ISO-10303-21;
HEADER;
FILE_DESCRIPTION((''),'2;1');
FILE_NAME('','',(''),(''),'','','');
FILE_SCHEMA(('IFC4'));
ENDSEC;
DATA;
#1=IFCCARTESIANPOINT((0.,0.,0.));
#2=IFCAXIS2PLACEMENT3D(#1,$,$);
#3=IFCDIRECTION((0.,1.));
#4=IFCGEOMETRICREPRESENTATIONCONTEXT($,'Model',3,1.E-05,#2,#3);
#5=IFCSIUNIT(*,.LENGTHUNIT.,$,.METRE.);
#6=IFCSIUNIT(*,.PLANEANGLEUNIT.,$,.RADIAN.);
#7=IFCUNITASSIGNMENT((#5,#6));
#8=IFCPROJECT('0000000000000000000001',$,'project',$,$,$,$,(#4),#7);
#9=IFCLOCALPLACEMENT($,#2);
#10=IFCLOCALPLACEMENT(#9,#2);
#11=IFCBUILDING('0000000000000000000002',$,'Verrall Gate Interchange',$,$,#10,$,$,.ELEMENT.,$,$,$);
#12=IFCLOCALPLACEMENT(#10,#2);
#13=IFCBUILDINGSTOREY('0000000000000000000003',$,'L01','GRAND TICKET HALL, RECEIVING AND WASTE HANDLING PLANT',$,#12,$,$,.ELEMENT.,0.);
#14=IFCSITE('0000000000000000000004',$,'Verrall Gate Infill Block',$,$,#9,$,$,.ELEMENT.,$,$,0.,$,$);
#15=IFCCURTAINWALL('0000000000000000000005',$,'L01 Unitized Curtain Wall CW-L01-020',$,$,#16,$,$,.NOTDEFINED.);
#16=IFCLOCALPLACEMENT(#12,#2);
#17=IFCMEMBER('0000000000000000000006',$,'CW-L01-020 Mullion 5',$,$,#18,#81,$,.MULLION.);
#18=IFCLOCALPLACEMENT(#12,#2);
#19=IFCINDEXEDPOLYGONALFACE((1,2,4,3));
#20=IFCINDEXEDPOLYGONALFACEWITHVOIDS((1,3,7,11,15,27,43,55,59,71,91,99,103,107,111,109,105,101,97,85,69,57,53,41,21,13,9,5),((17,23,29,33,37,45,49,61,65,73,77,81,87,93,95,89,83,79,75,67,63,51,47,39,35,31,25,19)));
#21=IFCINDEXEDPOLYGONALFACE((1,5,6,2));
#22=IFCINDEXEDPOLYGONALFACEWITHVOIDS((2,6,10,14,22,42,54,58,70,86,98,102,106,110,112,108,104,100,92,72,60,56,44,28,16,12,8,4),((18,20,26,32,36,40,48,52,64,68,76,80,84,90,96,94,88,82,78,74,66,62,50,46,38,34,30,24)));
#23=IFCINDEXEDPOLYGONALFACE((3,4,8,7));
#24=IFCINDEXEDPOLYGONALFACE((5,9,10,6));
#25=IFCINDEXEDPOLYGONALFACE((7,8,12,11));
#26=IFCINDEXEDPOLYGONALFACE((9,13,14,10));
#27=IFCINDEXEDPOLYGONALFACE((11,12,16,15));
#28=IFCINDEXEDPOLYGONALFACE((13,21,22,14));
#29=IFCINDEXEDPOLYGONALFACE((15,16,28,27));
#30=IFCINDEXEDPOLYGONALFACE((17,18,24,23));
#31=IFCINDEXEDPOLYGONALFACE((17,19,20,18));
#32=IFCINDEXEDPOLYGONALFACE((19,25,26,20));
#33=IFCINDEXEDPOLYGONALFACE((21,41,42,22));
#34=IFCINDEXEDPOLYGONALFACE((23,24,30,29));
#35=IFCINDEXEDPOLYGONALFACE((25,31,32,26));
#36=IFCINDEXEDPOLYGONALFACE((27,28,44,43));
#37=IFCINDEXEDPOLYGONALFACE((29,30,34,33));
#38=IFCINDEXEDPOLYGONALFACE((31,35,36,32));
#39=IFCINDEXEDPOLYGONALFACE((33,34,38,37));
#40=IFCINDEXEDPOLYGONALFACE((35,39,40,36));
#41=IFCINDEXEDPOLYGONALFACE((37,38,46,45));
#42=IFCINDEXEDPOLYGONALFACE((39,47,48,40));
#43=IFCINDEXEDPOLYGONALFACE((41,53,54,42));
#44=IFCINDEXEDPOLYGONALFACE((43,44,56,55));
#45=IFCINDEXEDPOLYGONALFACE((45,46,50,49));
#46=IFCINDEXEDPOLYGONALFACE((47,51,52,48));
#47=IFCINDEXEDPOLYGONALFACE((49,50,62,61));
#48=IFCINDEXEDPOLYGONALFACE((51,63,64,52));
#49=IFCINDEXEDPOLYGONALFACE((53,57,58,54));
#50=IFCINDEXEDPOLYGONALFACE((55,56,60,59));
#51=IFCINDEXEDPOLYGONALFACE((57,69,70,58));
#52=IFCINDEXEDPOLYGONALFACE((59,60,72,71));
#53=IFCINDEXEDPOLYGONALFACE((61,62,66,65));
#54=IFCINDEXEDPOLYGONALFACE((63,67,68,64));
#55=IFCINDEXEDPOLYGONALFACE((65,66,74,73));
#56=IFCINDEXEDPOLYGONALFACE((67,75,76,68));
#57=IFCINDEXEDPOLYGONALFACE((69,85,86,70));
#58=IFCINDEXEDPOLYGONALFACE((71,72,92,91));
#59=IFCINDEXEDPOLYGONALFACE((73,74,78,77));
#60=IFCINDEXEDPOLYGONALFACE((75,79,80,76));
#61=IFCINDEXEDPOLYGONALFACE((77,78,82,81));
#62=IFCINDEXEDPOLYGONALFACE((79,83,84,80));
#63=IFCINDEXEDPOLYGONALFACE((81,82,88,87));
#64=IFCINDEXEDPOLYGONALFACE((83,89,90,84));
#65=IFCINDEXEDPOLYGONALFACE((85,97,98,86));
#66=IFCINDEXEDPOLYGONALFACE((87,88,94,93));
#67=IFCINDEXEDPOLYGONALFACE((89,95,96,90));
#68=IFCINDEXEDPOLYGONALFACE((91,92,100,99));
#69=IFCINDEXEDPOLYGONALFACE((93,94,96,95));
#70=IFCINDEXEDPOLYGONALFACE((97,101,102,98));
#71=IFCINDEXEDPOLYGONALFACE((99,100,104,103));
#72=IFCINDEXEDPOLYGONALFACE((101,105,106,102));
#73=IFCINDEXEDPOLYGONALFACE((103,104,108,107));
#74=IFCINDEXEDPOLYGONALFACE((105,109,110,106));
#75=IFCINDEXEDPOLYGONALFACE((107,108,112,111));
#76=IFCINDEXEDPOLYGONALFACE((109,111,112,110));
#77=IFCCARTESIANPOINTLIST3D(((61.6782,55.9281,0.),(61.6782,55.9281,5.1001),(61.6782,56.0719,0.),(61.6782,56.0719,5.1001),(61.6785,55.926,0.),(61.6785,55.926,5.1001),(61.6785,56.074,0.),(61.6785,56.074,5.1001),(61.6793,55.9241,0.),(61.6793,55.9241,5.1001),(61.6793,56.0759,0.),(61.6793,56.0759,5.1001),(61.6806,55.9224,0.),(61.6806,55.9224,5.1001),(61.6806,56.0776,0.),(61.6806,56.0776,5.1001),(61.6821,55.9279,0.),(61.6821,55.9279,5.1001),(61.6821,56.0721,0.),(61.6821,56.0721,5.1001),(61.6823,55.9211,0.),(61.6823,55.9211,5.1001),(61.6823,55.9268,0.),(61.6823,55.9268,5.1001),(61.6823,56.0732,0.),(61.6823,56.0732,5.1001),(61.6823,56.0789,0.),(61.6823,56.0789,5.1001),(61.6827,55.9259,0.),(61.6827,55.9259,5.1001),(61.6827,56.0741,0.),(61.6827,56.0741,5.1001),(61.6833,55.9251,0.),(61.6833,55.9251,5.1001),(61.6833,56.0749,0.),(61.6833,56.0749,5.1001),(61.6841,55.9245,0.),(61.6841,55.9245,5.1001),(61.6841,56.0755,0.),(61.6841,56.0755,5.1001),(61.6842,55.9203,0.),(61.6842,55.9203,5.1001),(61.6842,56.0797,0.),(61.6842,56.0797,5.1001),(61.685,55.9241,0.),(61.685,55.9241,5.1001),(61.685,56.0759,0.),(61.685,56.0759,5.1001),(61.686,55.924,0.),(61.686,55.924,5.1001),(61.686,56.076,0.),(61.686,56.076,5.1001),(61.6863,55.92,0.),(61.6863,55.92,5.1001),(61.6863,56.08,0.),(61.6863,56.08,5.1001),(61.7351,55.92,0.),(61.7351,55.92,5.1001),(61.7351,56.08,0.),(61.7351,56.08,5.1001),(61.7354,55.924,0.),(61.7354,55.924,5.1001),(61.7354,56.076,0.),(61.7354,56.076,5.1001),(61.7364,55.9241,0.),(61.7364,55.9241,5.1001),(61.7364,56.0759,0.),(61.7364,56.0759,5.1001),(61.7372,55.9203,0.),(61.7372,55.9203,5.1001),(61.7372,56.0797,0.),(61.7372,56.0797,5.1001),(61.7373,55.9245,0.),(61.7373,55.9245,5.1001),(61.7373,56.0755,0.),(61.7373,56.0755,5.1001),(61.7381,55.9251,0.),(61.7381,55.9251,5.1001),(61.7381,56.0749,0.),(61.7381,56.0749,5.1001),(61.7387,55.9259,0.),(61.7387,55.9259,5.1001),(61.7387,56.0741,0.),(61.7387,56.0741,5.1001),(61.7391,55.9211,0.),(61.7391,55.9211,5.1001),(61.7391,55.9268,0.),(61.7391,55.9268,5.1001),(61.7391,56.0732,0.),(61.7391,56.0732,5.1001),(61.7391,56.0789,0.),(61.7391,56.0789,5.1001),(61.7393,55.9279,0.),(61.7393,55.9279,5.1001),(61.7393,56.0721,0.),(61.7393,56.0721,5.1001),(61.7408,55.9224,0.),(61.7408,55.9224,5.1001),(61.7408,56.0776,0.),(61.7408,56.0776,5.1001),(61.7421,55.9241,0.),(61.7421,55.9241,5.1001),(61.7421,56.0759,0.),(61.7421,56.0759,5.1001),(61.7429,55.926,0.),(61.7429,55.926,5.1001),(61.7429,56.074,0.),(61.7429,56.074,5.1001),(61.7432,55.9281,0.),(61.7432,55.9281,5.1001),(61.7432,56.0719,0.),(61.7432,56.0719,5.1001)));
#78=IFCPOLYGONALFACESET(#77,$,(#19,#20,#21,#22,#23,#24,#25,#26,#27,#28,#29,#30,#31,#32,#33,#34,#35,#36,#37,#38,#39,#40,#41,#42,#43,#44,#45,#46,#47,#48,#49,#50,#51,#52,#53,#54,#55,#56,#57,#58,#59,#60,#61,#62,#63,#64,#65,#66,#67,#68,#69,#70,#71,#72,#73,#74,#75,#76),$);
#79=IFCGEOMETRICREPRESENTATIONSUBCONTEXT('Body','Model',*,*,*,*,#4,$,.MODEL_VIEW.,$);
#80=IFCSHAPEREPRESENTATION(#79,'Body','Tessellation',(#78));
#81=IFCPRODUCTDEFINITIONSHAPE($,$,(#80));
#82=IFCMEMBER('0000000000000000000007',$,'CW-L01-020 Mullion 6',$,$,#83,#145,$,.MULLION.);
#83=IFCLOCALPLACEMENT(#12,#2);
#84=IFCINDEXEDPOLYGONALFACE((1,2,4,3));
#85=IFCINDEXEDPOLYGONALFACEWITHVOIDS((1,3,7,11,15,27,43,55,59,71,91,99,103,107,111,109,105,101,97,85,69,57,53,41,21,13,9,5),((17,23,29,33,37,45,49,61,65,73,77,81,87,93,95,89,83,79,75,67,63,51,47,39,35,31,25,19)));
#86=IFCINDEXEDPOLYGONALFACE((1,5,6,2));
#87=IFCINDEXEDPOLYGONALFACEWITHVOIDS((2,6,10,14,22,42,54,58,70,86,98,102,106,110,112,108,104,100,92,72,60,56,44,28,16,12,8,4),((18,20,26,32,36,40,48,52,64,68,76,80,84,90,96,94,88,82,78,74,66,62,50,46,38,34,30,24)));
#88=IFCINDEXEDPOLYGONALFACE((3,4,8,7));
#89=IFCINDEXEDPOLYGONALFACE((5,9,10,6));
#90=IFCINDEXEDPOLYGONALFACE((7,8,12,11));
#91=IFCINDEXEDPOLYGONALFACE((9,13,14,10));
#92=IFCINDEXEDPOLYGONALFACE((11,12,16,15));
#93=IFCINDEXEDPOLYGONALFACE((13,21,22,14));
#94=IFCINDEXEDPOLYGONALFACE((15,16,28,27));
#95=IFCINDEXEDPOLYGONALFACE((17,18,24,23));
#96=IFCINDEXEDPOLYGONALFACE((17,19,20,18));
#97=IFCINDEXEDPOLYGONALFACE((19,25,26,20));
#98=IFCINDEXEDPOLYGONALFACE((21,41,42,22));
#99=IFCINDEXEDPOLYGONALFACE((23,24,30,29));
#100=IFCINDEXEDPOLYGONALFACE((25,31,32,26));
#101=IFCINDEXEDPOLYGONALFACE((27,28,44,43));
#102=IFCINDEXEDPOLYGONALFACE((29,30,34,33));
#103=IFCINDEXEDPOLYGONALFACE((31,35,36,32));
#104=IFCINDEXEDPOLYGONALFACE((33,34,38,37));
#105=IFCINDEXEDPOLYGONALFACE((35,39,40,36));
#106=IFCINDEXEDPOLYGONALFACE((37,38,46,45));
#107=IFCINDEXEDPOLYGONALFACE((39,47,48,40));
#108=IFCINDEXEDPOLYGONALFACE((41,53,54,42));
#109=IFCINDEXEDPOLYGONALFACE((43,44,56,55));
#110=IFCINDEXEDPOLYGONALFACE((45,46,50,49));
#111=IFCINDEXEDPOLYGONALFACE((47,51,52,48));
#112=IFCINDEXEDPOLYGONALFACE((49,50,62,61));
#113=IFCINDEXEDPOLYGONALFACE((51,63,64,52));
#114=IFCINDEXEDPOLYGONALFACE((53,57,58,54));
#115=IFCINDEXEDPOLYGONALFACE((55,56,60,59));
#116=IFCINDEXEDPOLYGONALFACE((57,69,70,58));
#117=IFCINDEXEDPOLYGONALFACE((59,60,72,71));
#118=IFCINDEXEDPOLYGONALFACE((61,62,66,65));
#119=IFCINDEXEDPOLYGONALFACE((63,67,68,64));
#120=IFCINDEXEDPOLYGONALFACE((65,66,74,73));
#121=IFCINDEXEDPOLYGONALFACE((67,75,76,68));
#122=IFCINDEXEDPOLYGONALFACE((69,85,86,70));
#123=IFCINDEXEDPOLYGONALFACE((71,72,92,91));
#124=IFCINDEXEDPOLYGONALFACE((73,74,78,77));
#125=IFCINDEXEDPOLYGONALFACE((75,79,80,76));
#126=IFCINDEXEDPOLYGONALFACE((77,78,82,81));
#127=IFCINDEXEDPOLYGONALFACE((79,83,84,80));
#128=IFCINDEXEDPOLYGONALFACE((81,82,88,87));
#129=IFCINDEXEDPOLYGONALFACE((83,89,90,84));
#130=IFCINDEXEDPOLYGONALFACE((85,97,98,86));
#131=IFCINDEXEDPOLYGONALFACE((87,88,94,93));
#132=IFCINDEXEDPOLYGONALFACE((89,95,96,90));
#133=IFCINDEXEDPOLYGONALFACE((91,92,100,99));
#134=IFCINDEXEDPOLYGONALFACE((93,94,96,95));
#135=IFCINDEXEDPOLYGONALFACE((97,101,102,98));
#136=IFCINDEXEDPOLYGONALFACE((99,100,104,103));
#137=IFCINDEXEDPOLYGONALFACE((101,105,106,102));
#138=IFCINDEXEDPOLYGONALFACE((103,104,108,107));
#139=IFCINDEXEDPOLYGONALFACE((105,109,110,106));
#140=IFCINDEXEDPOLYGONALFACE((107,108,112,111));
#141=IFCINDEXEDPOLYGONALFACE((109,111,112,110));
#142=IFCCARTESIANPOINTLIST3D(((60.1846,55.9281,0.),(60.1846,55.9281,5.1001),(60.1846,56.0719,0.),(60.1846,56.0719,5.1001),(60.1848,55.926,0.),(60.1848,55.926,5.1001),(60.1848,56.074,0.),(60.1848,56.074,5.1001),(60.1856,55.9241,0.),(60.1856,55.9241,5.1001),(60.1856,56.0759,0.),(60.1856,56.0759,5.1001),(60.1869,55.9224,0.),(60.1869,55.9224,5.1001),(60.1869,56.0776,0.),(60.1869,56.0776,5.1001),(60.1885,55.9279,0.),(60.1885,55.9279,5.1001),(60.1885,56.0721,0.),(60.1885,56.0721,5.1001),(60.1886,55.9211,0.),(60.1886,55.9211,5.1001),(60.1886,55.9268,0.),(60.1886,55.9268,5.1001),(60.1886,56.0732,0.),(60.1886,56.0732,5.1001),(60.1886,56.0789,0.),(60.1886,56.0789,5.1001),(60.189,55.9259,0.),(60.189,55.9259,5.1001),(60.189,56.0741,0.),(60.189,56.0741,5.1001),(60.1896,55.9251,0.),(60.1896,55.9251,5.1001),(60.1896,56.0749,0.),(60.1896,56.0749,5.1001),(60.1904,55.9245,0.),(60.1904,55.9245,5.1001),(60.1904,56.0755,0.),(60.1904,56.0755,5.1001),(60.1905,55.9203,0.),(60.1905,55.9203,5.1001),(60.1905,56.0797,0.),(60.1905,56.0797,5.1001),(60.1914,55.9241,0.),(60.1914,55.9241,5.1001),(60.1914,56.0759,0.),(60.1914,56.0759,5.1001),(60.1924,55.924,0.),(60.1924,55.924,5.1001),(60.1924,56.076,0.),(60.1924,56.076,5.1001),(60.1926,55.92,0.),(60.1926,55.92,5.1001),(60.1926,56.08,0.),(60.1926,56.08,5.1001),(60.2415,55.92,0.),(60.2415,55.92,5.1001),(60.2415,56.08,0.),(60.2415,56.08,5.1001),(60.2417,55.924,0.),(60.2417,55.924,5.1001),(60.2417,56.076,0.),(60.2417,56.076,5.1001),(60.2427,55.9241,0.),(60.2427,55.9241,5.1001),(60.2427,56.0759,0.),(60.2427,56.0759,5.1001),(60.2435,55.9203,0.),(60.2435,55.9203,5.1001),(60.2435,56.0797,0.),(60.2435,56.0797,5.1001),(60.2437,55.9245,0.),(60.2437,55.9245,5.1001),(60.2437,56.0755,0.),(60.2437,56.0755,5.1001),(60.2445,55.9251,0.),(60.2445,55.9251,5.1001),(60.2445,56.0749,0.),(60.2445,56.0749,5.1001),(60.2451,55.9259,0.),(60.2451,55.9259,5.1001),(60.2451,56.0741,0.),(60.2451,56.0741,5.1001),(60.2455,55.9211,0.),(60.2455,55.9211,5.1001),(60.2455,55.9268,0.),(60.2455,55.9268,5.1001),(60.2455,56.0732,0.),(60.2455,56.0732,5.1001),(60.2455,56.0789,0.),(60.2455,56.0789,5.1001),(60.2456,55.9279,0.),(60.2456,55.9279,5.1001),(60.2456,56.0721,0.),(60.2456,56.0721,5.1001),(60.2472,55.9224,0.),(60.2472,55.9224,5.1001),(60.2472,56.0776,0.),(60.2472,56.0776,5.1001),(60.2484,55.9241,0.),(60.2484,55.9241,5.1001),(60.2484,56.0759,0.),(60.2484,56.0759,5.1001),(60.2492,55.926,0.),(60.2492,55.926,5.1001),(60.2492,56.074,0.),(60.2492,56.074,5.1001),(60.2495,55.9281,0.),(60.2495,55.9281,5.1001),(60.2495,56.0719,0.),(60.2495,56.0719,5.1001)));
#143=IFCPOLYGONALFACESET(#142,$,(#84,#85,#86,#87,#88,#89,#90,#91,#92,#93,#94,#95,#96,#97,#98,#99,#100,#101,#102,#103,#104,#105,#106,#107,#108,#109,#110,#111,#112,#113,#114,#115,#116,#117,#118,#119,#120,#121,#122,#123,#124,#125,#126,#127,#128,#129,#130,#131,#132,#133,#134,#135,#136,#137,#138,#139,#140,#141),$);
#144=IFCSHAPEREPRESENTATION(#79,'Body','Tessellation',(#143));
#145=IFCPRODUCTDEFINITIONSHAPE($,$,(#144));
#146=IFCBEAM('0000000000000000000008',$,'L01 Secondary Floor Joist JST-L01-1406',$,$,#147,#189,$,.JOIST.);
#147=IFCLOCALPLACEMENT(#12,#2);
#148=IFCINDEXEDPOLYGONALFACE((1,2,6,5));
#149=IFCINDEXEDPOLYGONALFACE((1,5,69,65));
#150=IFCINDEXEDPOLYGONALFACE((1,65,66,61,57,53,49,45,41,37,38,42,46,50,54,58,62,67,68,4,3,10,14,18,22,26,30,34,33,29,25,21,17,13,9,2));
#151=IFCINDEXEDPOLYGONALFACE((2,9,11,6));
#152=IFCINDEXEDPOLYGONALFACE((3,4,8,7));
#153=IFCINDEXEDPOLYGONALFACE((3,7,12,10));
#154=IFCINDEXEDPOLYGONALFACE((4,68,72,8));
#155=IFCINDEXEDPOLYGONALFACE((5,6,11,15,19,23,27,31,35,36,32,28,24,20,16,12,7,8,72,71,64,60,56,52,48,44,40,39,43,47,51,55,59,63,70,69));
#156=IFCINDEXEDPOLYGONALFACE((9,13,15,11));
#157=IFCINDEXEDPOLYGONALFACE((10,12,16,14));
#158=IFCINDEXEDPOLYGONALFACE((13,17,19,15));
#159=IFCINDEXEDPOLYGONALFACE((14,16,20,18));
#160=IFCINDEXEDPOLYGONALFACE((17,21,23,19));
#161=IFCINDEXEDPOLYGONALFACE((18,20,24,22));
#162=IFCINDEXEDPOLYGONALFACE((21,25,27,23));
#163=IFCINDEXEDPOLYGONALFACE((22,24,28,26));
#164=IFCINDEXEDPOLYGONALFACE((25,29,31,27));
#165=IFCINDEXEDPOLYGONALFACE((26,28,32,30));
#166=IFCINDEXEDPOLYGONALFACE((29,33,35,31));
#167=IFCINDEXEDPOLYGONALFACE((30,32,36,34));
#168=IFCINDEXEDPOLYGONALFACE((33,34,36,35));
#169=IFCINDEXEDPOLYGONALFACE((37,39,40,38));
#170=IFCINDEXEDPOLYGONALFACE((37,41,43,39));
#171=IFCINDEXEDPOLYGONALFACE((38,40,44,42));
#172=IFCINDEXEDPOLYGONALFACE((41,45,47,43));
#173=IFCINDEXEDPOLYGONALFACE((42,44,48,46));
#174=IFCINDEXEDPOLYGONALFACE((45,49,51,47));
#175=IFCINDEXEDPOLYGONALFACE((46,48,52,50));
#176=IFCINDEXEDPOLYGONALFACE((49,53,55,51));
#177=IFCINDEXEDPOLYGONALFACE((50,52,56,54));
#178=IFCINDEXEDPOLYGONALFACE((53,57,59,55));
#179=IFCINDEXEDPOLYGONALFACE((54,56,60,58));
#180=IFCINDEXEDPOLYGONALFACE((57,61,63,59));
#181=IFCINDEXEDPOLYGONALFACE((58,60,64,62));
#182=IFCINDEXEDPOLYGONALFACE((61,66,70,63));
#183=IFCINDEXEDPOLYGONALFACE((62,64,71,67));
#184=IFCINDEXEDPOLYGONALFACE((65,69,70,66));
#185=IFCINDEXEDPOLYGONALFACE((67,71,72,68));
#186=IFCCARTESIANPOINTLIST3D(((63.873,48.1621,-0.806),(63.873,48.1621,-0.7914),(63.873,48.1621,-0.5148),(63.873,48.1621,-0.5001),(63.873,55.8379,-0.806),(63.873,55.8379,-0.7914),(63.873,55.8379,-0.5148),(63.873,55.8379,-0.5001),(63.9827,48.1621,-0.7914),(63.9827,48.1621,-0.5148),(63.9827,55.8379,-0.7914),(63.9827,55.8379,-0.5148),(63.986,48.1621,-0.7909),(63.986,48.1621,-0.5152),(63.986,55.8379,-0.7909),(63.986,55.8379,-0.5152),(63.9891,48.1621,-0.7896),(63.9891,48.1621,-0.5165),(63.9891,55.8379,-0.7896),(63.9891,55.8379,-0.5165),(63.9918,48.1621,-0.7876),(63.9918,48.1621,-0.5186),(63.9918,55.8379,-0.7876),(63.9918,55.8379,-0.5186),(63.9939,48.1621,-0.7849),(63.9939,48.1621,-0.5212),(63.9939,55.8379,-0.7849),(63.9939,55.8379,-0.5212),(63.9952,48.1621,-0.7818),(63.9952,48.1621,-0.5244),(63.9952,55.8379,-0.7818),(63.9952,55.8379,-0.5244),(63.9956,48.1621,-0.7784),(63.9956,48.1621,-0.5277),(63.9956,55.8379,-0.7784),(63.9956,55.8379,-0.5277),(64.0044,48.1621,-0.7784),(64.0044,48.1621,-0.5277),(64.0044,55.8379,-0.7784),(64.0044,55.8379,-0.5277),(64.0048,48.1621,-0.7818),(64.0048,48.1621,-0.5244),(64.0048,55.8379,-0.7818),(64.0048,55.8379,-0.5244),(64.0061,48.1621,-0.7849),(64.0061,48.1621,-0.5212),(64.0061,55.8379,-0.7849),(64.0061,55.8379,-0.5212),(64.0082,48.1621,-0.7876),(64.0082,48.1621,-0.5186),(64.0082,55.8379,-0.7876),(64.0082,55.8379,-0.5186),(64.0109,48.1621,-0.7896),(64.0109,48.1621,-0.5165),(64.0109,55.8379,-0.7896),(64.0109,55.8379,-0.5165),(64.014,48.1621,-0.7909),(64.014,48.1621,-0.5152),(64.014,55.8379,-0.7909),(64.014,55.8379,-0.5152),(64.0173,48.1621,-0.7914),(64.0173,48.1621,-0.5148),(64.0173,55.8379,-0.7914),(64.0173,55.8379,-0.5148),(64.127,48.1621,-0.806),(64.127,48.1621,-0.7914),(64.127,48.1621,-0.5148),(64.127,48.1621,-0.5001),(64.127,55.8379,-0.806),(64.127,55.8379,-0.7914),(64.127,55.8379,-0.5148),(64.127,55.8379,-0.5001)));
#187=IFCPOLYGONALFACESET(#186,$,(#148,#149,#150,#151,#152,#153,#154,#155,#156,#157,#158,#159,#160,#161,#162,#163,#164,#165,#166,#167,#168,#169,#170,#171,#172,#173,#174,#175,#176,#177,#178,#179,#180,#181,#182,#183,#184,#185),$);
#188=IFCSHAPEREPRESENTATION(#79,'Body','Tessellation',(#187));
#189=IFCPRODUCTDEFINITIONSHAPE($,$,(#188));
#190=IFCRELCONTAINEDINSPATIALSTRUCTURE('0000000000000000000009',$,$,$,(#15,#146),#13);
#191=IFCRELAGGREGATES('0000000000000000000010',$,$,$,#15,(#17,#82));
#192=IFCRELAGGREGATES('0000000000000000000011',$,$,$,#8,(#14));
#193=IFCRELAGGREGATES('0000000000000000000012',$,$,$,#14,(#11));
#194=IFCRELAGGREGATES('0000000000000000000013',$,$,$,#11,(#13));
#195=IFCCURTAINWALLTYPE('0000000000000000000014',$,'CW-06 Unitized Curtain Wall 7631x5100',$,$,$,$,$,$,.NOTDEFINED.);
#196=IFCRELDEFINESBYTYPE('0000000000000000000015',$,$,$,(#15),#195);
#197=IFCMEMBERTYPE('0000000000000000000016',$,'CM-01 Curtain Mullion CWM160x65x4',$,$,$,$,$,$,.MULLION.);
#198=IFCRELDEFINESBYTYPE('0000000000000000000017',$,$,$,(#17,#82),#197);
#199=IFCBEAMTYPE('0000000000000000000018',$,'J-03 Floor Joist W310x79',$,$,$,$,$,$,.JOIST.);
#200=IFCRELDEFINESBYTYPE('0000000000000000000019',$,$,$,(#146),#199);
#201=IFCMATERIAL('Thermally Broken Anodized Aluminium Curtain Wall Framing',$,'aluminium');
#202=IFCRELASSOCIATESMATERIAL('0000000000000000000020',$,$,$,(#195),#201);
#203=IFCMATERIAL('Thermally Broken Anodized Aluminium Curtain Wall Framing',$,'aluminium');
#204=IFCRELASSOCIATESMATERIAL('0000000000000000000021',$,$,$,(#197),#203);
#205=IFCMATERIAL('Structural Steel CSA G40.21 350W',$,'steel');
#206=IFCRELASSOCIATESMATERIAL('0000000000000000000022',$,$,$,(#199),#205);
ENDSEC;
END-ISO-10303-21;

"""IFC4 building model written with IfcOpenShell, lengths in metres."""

from ifc_helpers import new_model, si_unit, direction, frame, origin, origin_2d, place, context, subcontext, project, spatial, hollow_rectangle, i_section, extrude, material, material_profile, profile_set, type_object, element, aggregate, save


model = new_model("IFC4")

# Units and contexts
model_context = context("Model", 3, precision=1e-05, world=origin(), true_north=direction((0.0, 1.0)))
body_context = subcontext(model_context, "Body", "Model", "MODEL_VIEW")
ifc_project = project(units=[si_unit("LENGTHUNIT", "METRE"), si_unit("PLANEANGLEUNIT", "RADIAN")], contexts=[model_context])

# Site, building, storey
site_placement = place(None, origin())
site = spatial("IfcSite", under=ifc_project, at=site_placement, Name="Verrall Gate Infill Block", CompositionType="ELEMENT", RefElevation=0.0)
building_placement = place(site_placement, origin())
building = spatial("IfcBuilding", under=site, at=building_placement, Name="Verrall Gate Interchange", CompositionType="ELEMENT")
storey_placement = place(building_placement, origin())
storey = spatial("IfcBuildingStorey", under=building, at=storey_placement, Name="L01", Description="GRAND TICKET HALL, RECEIVING AND WASTE HANDLING PLANT", CompositionType="ELEMENT", Elevation=0.0)

# Curtain wall, members
ifc_material_1 = material(Name="Thermally Broken Anodized Aluminium Curtain Wall Framing", Category="aluminium")
curtain_wall_type = type_object("IfcCurtainWallType", Name="CW-06 Unitized Curtain Wall 7631x5100", PredefinedType="NOTDEFINED", material=ifc_material_1)
curtain_wall_placement = place(storey_placement, origin())
curtain_wall = element("IfcCurtainWall", 1, at=curtain_wall_placement, inside=storey, type_object=curtain_wall_type, Name="L01 Unitized Curtain Wall CW-L01-020", PredefinedType="NOTDEFINED")
ifc_material_2 = material(Name="Thermally Broken Anodized Aluminium Curtain Wall Framing", Category="aluminium")
ifc_material_profile_1 = material_profile(ifc_material_2, hollow_rectangle(XDim=0.0649, YDim=0.1599, WallThickness=0.0039, InnerFilletRadius=0.0039, OuterFilletRadius=0.0081, at=origin_2d()), Name="CWM160x65x4")
ifc_profile_set_1 = profile_set([ifc_material_profile_1], Name="Thermally Broken Anodized Aluminium Curtain Wall Framing")
member_type = type_object("IfcMemberType", Name="CM-01 Curtain Mullion CWM160x65x4", PredefinedType="MULLION", material=ifc_profile_set_1)
member_1_placement = place(storey_placement, frame((61.7107, 56.0, 0.0), z_axis=(0.0, 0.0, 1.0), x_axis=(-1.0, 0.0, 0.0)))
member_1 = element("IfcMember", 2, at=member_1_placement, type_object=member_type, Name="CW-L01-020 Mullion 5", PredefinedType="MULLION", context=body_context, shape_type="SweptSolid", body=[
    extrude(hollow_rectangle(XDim=0.0649, YDim=0.1599, WallThickness=0.0039, InnerFilletRadius=0.0039, OuterFilletRadius=0.0081, at=origin_2d()), origin(), (0.0, 0.0, 1.0), 5.1001),
])
member_2_placement = place(storey_placement, frame((60.217, 56.0, 0.0), z_axis=(0.0, 0.0, 1.0), x_axis=(-1.0, 0.0, 0.0)))
member_2 = element("IfcMember", 3, at=member_2_placement, type_object=member_type, Name="CW-L01-020 Mullion 6", PredefinedType="MULLION", context=body_context, shape_type="SweptSolid", body=[
    extrude(hollow_rectangle(XDim=0.0649, YDim=0.1599, WallThickness=0.0039, InnerFilletRadius=0.0039, OuterFilletRadius=0.0081, at=origin_2d()), origin(), (0.0, 0.0, 1.0), 5.1001),
])

# Beam
ifc_material_3 = material(Name="Structural Steel CSA G40.21 350W", Category="steel")
ifc_material_profile_2 = material_profile(ifc_material_3, i_section(OverallWidth=0.2539, OverallDepth=0.3059, WebThickness=0.0088, FlangeThickness=0.0146, FilletRadius=0.0129, at=origin_2d()), Name="W310x79")
ifc_profile_set_2 = profile_set([ifc_material_profile_2], Name="Structural Steel CSA G40.21 350W")
beam_type_1 = type_object("IfcBeamType", Name="J-03 Floor Joist W310x79", PredefinedType="JOIST", material=ifc_profile_set_2)
beam_1_placement = place(storey_placement, frame((64.0, 48.1621, -0.6531), z_axis=(0.0, 1.0, 0.0), x_axis=(-1.0, 0.0, 0.0)))
element("IfcBeam", 4, at=beam_1_placement, inside=storey, type_object=beam_type_1, Name="L01 Secondary Floor Joist JST-L01-1406", PredefinedType="JOIST", context=body_context, shape_type="SweptSolid", body=[
    extrude(i_section(OverallWidth=0.2539, OverallDepth=0.3059, WebThickness=0.0088, FlangeThickness=0.0146, FilletRadius=0.0129, at=origin_2d()), origin(), (0.0, 0.0, 1.0), 7.6758),
])

aggregate(curtain_wall, [member_1, member_2])

save(model, "model.ifc")
